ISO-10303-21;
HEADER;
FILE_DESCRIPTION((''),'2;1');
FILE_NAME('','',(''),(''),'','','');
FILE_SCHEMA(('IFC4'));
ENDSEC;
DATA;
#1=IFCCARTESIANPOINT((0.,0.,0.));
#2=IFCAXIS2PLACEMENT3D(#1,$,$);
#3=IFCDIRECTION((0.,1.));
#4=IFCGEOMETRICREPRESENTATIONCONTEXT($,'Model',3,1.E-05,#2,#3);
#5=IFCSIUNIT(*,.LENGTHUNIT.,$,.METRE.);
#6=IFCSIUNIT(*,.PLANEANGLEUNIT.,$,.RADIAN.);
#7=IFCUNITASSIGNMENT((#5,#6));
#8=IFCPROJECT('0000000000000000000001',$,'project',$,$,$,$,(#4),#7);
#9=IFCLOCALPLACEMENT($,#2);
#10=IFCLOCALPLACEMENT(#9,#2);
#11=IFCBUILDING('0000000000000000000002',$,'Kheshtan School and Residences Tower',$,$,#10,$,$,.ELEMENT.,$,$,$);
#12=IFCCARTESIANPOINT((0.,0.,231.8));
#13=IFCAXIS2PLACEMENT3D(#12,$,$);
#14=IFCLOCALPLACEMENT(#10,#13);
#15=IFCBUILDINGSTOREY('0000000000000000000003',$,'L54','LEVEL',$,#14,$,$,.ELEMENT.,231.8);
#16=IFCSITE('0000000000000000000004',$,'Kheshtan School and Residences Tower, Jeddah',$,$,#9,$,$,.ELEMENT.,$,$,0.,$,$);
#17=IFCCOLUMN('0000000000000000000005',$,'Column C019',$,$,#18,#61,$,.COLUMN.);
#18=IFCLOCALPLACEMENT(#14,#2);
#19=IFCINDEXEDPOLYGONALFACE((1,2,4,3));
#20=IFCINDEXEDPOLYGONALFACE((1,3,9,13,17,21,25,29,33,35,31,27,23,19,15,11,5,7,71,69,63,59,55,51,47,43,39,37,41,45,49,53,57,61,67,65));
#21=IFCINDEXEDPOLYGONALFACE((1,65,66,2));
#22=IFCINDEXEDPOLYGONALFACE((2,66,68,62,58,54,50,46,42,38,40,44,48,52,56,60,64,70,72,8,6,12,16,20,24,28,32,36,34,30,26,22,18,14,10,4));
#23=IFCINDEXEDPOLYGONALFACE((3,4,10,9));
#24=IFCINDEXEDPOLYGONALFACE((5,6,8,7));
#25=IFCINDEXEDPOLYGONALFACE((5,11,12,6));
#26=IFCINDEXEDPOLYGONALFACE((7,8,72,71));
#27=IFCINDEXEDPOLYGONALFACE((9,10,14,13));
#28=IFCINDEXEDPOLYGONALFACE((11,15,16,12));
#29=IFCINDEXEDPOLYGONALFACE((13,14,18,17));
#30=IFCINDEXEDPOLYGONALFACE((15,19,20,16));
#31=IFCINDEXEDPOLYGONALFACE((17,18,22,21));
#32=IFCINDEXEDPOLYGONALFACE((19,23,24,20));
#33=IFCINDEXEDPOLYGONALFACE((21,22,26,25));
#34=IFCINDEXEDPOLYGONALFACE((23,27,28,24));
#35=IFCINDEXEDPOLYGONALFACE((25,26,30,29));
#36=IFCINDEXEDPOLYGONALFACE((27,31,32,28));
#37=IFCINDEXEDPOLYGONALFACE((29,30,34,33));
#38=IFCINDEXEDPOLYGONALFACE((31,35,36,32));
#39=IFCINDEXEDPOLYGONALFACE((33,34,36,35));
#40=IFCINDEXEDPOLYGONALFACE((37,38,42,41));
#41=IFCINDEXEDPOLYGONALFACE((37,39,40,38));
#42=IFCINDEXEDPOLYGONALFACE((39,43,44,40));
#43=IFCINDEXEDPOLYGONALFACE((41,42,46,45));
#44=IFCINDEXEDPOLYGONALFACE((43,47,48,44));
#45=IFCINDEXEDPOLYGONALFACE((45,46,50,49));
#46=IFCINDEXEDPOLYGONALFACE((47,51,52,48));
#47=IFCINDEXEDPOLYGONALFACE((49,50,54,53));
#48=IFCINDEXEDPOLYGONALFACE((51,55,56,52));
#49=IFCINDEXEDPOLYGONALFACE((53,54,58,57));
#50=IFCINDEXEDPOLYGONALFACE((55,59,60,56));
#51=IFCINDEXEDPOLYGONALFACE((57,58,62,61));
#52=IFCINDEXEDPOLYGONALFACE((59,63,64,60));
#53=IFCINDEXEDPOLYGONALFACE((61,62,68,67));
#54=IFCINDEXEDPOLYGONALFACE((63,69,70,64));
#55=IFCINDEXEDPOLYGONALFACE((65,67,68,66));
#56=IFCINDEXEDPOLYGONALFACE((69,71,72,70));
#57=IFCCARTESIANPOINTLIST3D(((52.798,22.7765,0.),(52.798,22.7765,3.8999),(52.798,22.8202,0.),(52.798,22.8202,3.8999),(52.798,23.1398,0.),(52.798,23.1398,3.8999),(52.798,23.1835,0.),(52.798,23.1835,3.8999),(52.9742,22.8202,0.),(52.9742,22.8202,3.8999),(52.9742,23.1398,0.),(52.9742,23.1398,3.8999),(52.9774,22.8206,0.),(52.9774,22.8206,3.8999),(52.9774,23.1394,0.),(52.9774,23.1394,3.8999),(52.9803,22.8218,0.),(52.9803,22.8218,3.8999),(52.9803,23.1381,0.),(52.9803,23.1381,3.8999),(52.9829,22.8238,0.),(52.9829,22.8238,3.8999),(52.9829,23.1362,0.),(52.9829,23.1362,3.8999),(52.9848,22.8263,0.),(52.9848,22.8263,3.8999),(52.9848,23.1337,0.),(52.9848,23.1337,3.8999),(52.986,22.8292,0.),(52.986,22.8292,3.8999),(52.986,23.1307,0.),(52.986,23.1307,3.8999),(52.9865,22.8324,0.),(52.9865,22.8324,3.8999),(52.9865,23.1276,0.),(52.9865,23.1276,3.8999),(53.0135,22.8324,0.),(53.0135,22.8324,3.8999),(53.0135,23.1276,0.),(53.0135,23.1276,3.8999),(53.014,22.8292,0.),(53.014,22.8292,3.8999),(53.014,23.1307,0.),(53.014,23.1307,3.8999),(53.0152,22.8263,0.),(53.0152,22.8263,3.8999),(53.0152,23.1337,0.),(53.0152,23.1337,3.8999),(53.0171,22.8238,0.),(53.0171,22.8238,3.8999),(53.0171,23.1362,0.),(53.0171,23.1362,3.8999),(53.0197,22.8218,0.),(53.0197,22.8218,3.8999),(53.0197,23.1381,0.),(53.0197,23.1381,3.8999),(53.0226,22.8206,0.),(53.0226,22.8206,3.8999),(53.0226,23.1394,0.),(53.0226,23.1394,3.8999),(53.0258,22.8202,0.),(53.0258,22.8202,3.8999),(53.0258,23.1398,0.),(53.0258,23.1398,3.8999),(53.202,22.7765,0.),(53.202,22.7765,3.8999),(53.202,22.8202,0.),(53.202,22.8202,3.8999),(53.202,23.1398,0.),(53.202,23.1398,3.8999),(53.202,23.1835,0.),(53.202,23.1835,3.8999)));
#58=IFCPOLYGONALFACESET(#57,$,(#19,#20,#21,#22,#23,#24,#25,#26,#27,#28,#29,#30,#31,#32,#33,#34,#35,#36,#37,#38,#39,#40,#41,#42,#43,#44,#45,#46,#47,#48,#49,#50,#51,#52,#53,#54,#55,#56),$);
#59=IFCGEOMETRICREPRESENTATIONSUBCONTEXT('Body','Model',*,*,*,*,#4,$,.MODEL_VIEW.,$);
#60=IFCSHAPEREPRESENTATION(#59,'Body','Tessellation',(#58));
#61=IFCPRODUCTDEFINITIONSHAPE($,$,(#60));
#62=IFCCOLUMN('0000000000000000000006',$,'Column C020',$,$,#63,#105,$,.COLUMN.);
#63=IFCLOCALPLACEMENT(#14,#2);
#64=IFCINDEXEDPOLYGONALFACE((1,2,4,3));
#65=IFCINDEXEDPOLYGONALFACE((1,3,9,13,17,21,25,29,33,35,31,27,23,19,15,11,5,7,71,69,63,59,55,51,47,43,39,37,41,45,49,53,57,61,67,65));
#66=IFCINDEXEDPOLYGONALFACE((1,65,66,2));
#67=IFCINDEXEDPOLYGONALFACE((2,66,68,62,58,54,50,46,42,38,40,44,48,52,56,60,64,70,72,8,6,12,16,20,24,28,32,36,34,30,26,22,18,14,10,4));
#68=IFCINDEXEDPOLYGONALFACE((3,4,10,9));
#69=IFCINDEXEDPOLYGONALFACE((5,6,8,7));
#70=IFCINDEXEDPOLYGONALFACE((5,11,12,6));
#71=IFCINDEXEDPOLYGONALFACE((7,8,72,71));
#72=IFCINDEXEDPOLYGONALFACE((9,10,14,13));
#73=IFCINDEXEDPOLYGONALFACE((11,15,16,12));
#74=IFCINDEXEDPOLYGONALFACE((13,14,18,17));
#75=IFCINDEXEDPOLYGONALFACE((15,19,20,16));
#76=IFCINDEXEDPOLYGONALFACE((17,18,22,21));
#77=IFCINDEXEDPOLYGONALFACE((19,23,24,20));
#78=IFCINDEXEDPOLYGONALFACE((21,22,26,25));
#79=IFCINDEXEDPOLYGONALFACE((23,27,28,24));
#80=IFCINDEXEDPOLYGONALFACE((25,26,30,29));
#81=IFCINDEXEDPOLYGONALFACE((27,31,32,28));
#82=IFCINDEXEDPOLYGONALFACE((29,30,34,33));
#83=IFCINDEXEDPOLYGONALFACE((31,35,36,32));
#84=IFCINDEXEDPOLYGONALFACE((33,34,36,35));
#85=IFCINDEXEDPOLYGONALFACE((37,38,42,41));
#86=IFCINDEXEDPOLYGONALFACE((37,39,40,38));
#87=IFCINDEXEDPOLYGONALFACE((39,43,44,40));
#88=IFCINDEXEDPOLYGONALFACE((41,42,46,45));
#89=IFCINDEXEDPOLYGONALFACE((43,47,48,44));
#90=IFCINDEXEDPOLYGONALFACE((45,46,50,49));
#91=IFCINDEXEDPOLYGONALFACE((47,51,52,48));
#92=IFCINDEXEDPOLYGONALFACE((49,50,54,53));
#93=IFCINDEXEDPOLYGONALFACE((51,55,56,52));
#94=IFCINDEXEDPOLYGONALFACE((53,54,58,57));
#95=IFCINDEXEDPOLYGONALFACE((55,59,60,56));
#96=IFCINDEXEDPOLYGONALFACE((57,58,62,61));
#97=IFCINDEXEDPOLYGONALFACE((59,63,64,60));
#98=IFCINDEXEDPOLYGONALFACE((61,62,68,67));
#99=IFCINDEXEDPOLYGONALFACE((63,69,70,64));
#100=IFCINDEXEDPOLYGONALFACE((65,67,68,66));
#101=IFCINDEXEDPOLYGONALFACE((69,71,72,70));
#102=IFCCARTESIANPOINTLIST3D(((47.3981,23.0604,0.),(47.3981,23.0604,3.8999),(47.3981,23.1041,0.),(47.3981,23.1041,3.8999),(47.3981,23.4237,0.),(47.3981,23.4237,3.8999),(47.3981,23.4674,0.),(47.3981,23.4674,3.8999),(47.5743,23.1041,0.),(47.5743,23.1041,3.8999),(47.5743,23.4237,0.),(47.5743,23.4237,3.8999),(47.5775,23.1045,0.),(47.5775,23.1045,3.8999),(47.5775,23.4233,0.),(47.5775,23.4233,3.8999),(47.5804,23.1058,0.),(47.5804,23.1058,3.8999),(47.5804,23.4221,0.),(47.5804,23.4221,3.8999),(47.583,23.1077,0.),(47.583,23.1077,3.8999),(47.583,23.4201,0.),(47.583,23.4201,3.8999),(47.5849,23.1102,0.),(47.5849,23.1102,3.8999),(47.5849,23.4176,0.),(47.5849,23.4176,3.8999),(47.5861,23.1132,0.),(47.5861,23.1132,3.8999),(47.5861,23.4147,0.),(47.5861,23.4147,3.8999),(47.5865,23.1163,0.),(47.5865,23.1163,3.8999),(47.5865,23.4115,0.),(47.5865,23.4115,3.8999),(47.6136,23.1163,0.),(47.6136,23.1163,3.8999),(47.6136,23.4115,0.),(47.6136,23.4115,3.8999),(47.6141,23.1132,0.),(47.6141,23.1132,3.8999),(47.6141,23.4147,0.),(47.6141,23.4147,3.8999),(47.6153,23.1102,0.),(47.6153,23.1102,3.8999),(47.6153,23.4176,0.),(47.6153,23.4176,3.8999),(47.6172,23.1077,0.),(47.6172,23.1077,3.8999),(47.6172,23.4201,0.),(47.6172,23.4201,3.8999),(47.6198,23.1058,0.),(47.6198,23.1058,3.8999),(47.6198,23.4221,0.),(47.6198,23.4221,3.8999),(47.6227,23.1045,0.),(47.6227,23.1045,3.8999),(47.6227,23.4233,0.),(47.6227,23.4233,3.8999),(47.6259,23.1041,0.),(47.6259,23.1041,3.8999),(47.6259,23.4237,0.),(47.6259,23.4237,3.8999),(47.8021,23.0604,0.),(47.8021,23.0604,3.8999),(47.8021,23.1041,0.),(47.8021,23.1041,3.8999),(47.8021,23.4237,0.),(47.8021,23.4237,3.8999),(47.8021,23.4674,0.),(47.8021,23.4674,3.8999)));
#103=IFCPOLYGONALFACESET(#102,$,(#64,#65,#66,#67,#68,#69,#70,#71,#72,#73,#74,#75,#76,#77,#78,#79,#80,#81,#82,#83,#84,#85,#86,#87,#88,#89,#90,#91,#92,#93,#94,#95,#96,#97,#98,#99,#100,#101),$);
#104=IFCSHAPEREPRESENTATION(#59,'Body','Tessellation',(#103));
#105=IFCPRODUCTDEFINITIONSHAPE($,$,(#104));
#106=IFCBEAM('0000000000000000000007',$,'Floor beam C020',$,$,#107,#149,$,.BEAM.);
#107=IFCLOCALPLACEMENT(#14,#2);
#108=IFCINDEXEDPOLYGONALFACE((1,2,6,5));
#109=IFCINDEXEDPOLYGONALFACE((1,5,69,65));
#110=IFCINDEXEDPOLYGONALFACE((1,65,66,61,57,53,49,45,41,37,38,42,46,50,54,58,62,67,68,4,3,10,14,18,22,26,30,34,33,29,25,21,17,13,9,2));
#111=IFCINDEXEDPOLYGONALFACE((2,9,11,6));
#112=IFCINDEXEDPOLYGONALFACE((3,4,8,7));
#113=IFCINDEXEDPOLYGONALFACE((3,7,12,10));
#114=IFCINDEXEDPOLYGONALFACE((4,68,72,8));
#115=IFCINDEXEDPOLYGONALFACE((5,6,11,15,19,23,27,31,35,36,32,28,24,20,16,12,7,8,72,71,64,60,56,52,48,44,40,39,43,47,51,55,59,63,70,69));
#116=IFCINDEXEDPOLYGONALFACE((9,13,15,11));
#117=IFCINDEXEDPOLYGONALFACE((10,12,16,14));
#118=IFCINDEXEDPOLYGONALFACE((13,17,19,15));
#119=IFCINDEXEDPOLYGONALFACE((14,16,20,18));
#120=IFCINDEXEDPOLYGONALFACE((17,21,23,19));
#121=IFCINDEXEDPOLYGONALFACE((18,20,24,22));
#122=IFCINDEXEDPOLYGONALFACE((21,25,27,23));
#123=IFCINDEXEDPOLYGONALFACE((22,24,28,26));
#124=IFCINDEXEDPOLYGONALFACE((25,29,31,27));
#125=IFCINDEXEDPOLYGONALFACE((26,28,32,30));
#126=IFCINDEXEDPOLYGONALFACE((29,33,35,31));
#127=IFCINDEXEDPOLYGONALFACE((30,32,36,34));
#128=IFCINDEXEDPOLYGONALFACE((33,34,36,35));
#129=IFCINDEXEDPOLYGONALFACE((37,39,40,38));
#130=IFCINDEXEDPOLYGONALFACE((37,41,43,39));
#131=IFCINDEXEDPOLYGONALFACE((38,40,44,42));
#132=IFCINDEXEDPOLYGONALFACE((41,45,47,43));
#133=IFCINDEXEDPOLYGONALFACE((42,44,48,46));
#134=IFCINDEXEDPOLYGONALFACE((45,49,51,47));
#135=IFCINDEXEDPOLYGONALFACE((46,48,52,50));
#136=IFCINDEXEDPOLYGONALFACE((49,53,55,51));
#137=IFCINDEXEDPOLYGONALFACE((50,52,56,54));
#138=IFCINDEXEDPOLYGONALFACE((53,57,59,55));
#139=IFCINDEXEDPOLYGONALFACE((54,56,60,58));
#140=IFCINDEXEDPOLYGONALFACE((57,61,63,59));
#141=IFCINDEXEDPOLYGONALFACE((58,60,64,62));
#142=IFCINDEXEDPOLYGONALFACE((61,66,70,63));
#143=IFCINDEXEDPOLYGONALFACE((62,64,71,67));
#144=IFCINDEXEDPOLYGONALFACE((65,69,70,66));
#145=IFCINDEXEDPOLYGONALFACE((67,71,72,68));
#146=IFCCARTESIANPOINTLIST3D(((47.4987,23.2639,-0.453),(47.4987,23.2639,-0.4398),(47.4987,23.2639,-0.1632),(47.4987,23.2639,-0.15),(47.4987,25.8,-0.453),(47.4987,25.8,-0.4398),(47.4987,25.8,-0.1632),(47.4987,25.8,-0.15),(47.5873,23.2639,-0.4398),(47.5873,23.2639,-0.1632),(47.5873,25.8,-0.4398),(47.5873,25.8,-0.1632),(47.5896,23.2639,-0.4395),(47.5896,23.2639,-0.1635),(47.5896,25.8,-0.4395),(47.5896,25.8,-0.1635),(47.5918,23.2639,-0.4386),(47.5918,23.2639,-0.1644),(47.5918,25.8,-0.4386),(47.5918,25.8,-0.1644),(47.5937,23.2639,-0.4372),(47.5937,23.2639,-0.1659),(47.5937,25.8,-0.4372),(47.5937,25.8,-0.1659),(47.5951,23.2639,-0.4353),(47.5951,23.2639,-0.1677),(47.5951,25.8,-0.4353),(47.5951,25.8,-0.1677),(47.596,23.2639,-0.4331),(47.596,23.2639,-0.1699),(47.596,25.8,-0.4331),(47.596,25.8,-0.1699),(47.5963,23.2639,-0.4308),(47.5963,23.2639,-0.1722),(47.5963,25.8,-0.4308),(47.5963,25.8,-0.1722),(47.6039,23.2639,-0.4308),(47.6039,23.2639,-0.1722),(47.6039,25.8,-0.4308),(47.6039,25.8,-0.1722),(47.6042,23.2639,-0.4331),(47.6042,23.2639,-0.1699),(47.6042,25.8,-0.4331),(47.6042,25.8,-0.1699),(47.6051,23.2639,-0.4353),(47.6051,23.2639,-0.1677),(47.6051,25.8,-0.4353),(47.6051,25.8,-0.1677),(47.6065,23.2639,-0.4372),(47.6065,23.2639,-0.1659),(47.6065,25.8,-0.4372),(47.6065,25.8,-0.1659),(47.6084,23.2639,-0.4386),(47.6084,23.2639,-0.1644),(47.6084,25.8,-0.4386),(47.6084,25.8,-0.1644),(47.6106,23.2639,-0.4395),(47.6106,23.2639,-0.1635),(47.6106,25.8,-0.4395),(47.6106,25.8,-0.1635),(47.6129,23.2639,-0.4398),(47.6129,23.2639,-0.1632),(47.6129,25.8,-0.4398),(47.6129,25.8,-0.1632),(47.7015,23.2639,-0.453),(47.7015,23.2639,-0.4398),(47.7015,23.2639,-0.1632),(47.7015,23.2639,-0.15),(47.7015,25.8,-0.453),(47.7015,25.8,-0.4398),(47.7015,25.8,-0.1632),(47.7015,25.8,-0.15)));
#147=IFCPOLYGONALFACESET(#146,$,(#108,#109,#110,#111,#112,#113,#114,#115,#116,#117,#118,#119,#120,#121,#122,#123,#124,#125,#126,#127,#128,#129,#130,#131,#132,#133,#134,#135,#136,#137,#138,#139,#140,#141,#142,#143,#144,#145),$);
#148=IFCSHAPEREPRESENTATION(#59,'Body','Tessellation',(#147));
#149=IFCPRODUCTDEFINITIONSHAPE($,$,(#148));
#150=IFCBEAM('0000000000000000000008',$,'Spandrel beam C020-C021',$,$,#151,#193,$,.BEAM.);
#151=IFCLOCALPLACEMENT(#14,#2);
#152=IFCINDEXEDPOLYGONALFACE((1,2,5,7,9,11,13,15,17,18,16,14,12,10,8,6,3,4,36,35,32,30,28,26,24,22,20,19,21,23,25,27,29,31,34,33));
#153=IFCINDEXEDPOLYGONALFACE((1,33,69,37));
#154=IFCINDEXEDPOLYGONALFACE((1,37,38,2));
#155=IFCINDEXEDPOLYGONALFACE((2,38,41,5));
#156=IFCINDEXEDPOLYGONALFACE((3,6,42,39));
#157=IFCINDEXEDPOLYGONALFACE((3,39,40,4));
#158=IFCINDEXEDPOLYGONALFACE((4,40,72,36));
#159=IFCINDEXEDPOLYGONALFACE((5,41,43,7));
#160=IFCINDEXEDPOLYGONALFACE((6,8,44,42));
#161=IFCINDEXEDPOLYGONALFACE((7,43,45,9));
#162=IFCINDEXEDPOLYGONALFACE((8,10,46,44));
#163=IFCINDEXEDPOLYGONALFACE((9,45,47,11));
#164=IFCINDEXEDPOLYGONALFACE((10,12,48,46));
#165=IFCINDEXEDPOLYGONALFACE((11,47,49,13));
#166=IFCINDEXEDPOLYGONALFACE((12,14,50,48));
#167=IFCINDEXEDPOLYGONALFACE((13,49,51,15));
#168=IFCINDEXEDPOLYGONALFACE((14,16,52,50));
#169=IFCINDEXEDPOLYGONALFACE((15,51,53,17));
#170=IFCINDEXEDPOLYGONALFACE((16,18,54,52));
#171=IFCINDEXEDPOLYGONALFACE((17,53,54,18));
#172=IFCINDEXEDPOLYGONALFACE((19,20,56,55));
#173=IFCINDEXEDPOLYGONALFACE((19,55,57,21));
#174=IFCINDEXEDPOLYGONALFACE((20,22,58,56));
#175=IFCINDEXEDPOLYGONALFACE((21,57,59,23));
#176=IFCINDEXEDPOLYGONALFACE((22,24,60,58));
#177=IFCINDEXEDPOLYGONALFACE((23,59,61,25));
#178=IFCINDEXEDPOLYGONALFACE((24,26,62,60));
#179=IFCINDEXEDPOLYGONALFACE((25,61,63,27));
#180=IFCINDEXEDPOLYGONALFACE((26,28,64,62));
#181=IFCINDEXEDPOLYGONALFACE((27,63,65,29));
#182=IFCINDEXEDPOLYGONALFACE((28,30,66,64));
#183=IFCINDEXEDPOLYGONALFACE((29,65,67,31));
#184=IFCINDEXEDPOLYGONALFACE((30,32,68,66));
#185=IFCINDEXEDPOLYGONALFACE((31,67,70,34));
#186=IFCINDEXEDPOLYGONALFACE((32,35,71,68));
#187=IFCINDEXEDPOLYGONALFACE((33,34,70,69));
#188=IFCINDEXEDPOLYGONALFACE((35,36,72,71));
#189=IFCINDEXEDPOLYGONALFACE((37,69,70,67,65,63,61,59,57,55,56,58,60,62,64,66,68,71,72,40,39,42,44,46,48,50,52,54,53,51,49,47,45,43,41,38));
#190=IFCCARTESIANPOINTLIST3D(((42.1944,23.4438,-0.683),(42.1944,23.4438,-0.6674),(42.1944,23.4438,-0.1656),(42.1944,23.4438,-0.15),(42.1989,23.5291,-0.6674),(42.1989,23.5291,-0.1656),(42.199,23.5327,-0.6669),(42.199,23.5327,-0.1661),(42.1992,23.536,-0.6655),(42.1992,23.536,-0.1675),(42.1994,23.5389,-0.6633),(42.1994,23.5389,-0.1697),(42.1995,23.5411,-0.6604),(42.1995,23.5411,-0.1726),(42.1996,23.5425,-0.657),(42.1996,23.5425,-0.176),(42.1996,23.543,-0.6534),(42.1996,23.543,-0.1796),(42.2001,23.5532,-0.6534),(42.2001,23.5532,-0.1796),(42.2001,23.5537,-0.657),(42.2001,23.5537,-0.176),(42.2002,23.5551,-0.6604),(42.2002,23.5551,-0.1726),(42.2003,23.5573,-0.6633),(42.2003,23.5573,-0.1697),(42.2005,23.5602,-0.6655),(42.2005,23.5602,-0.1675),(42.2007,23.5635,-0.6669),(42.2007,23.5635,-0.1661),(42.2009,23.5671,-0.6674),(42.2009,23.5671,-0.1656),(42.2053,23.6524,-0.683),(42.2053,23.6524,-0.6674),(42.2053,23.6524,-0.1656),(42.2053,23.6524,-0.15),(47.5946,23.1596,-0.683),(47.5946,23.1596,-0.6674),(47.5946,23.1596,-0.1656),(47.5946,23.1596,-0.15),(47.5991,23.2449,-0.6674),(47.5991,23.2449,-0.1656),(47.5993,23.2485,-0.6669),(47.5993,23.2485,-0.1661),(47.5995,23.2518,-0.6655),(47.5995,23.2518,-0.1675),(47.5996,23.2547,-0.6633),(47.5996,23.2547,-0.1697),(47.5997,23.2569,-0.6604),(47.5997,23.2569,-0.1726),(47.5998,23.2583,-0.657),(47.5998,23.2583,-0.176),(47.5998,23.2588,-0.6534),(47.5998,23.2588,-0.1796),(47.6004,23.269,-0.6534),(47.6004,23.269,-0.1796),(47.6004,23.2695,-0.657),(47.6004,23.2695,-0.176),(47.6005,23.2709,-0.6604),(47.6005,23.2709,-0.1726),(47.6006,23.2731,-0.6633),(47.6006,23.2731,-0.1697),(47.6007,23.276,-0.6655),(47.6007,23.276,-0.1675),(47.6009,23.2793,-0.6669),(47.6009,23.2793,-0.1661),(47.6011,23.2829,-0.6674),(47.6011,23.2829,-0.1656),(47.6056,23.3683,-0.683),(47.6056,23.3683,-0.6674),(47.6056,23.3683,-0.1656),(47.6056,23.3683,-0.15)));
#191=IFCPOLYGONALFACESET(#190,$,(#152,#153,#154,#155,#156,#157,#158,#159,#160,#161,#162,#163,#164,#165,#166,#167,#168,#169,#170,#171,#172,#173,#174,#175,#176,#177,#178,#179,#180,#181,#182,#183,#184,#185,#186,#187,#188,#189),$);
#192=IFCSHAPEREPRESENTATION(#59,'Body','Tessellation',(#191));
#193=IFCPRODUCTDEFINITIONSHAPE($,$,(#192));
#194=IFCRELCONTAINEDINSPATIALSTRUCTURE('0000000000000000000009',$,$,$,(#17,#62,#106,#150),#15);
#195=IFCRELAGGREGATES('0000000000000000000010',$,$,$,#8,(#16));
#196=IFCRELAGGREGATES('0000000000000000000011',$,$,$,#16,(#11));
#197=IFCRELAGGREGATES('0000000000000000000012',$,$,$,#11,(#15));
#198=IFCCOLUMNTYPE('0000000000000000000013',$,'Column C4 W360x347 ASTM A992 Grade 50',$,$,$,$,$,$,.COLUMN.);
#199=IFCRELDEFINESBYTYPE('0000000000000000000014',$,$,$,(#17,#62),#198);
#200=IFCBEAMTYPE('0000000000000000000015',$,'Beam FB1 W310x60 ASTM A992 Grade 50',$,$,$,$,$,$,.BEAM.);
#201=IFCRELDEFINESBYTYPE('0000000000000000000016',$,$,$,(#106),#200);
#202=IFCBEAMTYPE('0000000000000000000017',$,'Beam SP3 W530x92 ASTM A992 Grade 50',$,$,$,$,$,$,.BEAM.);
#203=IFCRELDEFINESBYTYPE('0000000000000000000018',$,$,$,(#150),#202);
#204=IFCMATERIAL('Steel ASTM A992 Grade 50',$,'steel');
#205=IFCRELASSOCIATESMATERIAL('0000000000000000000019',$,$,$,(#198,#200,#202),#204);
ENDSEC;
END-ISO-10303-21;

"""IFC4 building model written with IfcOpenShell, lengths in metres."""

from ifc_helpers import new_model, si_unit, direction, frame, origin, origin_2d, place, context, subcontext, project, spatial, i_section, extrude, material, material_profile, profile_set, type_object, element, save


model = new_model("IFC4")

# Units and contexts
model_context = context("Model", 3, precision=1e-05, world=origin(), true_north=direction((0.0, 1.0)))
body_context = subcontext(model_context, "Body", "Model", "MODEL_VIEW")
ifc_project = project(units=[si_unit("LENGTHUNIT", "METRE"), si_unit("PLANEANGLEUNIT", "RADIAN")], contexts=[model_context])

# Site, building, storey
site_placement = place(None, origin())
site = spatial("IfcSite", under=ifc_project, at=site_placement, Name="Kheshtan School and Residences Tower, Jeddah", CompositionType="ELEMENT", RefElevation=0.0)
building_placement = place(site_placement, origin())
building = spatial("IfcBuilding", under=site, at=building_placement, Name="Kheshtan School and Residences Tower", CompositionType="ELEMENT")
storey_placement = place(building_placement, frame((0.0, 0.0, 231.8)))
storey = spatial("IfcBuildingStorey", under=building, at=storey_placement, Name="L54", Description="LEVEL", CompositionType="ELEMENT", Elevation=231.8)

# Columns
ifc_material_1 = material(Name="Steel ASTM A992 Grade 50", Category="steel")
ifc_material_profile_1 = material_profile(ifc_material_1, i_section(OverallWidth=0.4041, OverallDepth=0.407, WebThickness=0.0271, FlangeThickness=0.0437, FilletRadius=0.0122, at=origin_2d()), Name="W360x347")
ifc_profile_set_1 = profile_set([ifc_material_profile_1], Name="Steel ASTM A992 Grade 50")
column_type = type_object("IfcColumnType", Name="Column C4 W360x347 ASTM A992 Grade 50", PredefinedType="COLUMN", material=ifc_profile_set_1)
for number, where, z_axis, x_axis, name in (
    (1, (53.0, 22.98, 0.0), (0.0, 0.0, 1.0), (1.0, 0.0, 0.0), "Column C019"),
    (2, (47.6001, 23.2639, 0.0), (0.0, 0.0, 1.0), (1.0, 0.0, 0.0), "Column C020"),
):
    element("IfcColumn", number, at=place(storey_placement, frame(where, z_axis=z_axis, x_axis=x_axis)), inside=storey, type_object=column_type, Name=name, PredefinedType="COLUMN", context=body_context, shape_type="SweptSolid", body=[
        extrude(i_section(OverallWidth=0.4041, OverallDepth=0.407, WebThickness=0.0271, FlangeThickness=0.0437, FilletRadius=0.0122, at=origin_2d()), origin(), (0.0, 0.0, 1.0), 3.8999),
    ])

# Beams
ifc_material_profile_2 = material_profile(ifc_material_1, i_section(OverallWidth=0.2029, OverallDepth=0.303, WebThickness=0.0076, FlangeThickness=0.0132, FilletRadius=0.009, at=origin_2d()), Name="W310x60")
ifc_profile_set_2 = profile_set([ifc_material_profile_2], Name="Steel ASTM A992 Grade 50")
beam_type_1 = type_object("IfcBeamType", Name="Beam FB1 W310x60 ASTM A992 Grade 50", PredefinedType="BEAM", material=ifc_profile_set_2)
beam_1_placement = place(storey_placement, frame((47.6001, 23.2639, -0.3015), z_axis=(0.0, 1.0, 0.0), x_axis=(-1.0, 0.0, 0.0)))
element("IfcBeam", 3, at=beam_1_placement, inside=storey, type_object=beam_type_1, Name="Floor beam C020", PredefinedType="BEAM", context=body_context, shape_type="SweptSolid", body=[
    extrude(i_section(OverallWidth=0.2029, OverallDepth=0.303, WebThickness=0.0076, FlangeThickness=0.0132, FilletRadius=0.009, at=origin_2d()), origin(), (0.0, 0.0, 1.0), 2.5361),
])
ifc_material_profile_3 = material_profile(ifc_material_1, i_section(OverallWidth=0.209, OverallDepth=0.533, WebThickness=0.0103, FlangeThickness=0.0156, FilletRadius=0.0139, at=origin_2d()), Name="W530x92")
ifc_profile_set_3 = profile_set([ifc_material_profile_3], Name="Steel ASTM A992 Grade 50")
beam_type_2 = type_object("IfcBeamType", Name="Beam SP3 W530x92 ASTM A992 Grade 50", PredefinedType="BEAM", material=ifc_profile_set_3)
beam_2_placement = place(storey_placement, frame((47.6001, 23.2639, -0.4165), z_axis=(-0.998618, 0.052552, 0.0), x_axis=(-0.052552, -0.998618, 0.0)))
element("IfcBeam", 4, at=beam_2_placement, inside=storey, type_object=beam_type_2, Name="Spandrel beam C020-C021", PredefinedType="BEAM", context=body_context, shape_type="SweptSolid", body=[
    extrude(i_section(OverallWidth=0.209, OverallDepth=0.533, WebThickness=0.0103, FlangeThickness=0.0156, FilletRadius=0.0139, at=origin_2d()), origin(), (0.0, 0.0, 1.0), 5.4077),
])

save(model, "model.ifc")
